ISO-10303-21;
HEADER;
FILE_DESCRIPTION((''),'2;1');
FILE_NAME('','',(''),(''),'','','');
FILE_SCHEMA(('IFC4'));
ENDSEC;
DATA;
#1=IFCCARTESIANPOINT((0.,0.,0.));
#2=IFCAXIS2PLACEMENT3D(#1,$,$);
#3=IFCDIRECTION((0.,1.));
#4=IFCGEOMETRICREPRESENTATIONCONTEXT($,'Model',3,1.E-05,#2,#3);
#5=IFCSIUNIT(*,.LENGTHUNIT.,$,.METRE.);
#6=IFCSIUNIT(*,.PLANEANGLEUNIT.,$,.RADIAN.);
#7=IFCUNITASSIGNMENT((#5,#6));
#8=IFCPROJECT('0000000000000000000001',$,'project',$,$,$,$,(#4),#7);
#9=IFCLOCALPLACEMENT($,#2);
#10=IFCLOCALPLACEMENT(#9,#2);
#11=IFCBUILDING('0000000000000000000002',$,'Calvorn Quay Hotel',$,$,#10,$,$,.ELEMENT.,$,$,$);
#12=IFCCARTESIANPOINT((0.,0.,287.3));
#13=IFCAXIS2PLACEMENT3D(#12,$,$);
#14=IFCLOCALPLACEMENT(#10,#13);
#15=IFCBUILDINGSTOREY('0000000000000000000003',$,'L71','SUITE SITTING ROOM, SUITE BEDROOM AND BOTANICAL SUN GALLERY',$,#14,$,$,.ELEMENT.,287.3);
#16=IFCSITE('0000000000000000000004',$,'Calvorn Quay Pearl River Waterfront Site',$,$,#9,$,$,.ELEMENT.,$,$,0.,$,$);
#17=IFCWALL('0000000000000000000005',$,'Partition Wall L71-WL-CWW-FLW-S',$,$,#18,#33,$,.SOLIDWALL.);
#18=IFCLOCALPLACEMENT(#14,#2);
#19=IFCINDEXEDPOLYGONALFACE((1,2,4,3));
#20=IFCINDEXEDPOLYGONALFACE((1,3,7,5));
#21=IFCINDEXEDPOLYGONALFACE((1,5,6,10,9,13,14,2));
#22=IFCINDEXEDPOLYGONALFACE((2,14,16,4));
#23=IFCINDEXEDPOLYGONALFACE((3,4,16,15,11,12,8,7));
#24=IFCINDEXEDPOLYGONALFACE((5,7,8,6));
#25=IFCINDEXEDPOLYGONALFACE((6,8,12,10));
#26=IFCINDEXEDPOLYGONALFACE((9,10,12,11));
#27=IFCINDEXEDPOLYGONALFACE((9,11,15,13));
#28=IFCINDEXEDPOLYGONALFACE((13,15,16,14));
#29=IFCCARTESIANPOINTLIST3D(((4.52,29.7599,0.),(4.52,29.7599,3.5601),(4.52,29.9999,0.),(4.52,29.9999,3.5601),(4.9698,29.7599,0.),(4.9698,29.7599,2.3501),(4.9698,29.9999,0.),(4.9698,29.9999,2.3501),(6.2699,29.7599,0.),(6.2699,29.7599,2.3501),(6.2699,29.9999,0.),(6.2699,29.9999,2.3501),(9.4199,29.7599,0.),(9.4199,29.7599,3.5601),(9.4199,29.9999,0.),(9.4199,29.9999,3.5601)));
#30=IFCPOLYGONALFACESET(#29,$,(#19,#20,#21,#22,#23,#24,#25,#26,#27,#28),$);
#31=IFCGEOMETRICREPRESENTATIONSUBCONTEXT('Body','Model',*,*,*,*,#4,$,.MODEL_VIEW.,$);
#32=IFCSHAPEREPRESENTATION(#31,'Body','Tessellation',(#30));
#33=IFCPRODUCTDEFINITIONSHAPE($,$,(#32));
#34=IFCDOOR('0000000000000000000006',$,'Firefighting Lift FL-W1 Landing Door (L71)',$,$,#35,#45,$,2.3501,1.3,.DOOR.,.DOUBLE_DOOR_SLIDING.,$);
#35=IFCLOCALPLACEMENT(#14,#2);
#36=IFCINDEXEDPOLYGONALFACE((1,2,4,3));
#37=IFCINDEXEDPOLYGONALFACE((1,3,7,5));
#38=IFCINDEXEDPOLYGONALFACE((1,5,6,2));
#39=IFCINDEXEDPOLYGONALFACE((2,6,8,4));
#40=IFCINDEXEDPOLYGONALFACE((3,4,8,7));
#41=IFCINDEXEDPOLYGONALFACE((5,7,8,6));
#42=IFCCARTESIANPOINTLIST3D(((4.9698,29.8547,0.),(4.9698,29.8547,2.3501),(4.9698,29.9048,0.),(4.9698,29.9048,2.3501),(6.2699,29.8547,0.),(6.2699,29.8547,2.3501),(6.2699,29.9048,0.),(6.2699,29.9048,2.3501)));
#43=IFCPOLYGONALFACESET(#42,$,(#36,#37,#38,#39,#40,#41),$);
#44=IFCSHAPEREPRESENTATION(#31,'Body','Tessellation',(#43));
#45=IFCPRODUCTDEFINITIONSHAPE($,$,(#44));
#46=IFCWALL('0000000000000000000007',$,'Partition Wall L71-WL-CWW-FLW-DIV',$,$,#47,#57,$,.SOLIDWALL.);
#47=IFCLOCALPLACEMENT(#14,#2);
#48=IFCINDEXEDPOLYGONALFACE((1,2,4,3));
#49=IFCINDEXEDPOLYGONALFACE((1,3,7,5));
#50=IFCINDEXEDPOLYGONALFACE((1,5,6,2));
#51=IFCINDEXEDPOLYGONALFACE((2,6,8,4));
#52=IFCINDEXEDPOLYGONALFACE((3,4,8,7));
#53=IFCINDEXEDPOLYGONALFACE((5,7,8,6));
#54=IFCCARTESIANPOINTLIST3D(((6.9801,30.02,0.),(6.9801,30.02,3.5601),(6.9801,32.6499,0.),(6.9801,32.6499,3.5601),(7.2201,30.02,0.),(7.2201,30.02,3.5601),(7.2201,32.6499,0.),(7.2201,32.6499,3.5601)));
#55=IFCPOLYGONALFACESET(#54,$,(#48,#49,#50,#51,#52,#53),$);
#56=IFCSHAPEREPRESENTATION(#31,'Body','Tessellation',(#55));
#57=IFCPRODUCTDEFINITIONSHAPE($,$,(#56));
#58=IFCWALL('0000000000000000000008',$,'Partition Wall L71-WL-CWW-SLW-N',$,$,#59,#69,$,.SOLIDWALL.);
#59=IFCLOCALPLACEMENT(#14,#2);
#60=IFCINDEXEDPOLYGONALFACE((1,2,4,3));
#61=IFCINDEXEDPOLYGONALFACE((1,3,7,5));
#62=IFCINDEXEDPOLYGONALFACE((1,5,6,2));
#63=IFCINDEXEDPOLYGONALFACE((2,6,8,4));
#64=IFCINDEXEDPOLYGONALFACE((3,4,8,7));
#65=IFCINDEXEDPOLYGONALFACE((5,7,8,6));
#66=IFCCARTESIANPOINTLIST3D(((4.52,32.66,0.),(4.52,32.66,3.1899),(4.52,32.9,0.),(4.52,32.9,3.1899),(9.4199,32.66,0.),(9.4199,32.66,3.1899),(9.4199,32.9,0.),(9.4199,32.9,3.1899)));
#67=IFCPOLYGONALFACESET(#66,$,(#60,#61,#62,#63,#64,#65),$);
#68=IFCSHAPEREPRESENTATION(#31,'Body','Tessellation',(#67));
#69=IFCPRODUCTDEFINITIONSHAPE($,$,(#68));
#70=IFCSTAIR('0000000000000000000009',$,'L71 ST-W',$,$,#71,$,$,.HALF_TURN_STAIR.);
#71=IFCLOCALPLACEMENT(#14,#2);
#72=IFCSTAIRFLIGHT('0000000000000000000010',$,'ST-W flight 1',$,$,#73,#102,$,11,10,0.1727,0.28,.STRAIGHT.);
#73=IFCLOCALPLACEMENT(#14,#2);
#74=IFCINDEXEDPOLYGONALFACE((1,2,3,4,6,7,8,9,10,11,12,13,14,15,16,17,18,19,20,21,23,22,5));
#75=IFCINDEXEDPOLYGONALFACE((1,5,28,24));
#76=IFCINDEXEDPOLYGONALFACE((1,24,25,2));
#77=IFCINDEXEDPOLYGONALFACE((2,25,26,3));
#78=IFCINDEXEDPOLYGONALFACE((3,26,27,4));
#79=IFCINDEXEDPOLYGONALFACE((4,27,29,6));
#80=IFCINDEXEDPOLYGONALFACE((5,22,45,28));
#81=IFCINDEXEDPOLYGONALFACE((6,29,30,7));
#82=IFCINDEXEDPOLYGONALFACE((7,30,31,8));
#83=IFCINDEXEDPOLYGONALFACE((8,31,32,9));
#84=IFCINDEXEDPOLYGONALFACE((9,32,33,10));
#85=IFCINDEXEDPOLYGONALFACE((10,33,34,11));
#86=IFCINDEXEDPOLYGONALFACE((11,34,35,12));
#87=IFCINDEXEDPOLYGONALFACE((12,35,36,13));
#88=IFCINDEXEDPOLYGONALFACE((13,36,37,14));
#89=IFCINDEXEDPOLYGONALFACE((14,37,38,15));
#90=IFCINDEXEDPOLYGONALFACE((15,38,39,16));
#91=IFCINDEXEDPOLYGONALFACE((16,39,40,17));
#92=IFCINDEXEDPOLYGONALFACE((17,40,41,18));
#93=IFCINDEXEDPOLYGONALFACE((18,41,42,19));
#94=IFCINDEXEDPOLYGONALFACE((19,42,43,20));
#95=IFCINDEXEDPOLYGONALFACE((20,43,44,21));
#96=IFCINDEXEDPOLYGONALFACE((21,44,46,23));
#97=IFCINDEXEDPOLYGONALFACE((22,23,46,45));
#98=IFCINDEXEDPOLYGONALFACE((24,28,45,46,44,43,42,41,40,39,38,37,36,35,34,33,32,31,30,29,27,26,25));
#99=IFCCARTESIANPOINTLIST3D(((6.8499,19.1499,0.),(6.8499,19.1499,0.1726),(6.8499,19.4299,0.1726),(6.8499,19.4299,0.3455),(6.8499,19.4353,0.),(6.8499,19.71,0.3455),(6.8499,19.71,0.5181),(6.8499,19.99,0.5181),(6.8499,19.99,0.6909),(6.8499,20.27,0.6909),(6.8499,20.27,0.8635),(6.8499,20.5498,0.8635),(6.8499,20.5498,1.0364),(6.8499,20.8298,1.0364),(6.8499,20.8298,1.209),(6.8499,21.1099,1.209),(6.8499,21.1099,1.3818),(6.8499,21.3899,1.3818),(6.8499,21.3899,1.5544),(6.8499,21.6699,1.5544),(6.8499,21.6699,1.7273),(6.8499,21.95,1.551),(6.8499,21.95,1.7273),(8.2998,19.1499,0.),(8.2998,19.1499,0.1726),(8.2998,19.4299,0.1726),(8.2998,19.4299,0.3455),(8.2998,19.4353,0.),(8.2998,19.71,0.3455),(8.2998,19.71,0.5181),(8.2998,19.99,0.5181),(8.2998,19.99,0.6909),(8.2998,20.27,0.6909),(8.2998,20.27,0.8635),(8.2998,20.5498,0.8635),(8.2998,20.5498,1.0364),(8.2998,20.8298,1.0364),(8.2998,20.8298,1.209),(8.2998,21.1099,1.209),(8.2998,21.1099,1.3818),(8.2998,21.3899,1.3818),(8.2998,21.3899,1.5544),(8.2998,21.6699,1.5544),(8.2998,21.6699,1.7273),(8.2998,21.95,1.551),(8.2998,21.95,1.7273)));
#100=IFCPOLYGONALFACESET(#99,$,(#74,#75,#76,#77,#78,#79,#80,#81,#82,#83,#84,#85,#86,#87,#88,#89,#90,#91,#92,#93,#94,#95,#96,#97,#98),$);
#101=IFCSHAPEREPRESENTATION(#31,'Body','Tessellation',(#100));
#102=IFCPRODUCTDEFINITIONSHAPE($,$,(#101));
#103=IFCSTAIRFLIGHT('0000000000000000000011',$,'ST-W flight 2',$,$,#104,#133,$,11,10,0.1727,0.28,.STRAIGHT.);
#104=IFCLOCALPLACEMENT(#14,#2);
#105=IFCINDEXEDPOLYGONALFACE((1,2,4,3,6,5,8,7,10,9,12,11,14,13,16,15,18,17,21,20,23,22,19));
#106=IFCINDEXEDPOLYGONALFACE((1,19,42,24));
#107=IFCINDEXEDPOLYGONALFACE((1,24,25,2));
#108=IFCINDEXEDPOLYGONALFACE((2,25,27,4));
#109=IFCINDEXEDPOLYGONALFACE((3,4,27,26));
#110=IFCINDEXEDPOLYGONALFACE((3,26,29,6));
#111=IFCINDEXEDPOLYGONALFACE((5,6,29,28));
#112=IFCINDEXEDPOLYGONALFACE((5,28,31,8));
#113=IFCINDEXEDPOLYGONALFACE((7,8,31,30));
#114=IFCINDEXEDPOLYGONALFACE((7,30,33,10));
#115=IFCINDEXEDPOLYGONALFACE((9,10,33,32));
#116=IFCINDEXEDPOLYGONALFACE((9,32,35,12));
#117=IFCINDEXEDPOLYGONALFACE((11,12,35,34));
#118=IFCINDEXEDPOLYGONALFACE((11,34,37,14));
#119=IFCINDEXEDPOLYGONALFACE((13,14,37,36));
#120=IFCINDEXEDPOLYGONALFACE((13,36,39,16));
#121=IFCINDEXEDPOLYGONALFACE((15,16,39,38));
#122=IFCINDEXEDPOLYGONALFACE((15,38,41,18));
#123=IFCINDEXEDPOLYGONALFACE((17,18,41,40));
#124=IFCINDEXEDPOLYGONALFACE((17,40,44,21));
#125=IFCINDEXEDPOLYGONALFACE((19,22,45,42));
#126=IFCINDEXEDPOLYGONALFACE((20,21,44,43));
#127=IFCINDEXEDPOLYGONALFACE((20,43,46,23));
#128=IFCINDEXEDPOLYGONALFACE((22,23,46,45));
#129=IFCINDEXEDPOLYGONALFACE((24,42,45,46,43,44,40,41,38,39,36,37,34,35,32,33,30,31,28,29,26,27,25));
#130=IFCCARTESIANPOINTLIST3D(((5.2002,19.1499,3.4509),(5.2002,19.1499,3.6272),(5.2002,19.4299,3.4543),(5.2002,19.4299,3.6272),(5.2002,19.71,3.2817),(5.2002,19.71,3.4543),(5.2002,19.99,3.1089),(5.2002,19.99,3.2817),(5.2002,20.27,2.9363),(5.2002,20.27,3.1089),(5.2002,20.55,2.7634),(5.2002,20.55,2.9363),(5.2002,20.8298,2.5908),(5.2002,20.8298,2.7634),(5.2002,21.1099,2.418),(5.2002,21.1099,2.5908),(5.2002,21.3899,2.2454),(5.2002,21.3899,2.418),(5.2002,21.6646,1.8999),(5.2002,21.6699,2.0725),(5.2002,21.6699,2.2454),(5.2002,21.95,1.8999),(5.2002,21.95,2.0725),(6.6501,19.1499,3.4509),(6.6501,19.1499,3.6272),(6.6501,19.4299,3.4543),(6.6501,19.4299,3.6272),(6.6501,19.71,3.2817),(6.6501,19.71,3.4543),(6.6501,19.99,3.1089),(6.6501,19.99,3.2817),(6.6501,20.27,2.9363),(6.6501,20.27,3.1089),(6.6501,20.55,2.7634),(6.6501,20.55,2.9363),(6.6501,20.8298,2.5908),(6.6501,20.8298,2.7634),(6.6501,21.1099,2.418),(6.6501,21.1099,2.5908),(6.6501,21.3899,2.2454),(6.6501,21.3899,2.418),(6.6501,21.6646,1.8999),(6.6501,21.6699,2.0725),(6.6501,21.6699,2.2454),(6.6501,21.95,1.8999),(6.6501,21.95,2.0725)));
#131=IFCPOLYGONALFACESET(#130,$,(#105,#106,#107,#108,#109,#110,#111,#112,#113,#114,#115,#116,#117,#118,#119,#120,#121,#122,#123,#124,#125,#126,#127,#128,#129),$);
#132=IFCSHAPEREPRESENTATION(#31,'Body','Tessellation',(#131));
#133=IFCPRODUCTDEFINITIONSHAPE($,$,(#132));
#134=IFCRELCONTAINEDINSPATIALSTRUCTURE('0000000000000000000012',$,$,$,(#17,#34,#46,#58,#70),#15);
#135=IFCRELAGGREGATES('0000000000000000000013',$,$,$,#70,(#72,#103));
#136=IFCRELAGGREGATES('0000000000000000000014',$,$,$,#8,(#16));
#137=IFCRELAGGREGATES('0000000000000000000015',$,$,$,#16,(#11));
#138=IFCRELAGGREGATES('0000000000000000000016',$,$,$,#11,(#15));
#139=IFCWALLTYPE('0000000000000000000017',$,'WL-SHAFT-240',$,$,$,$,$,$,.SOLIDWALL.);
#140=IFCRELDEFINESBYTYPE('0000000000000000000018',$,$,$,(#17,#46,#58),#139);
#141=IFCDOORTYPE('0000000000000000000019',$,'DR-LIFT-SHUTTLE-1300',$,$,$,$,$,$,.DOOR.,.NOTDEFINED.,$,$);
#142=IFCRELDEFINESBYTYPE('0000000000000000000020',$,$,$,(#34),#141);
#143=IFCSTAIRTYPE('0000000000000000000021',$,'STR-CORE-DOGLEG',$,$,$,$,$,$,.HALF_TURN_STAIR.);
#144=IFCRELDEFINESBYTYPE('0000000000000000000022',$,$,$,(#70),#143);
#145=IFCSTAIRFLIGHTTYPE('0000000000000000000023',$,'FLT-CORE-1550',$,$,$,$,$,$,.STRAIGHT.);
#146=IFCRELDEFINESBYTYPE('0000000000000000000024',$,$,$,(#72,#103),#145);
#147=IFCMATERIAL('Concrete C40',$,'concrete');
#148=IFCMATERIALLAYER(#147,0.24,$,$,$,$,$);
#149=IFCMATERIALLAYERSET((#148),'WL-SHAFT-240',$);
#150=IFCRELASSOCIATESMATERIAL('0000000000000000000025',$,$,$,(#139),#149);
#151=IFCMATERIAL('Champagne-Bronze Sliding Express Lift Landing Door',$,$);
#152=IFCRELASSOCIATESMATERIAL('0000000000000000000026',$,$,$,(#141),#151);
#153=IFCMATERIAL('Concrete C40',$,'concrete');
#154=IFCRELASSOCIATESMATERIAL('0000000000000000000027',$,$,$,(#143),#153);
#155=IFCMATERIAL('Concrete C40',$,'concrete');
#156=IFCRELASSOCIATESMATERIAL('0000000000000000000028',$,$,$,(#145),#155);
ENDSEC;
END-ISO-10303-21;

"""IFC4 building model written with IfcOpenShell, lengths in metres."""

from ifc_helpers import new_model, si_unit, direction, frame, frame_2d, origin, place, context, subcontext, project, spatial, polyline, rectangle, outline, extrude, material, layer, layer_set, type_object, element, fill, aggregate, save


model = new_model("IFC4")

# Units and contexts
model_context = context("Model", 3, precision=1e-05, world=origin(), true_north=direction((0.0, 1.0)))
body_context = subcontext(model_context, "Body", "Model", "MODEL_VIEW")
ifc_project = project(units=[si_unit("LENGTHUNIT", "METRE"), si_unit("PLANEANGLEUNIT", "RADIAN")], contexts=[model_context])

# Site, building, storey
site_placement = place(None, origin())
site = spatial("IfcSite", under=ifc_project, at=site_placement, Name="Calvorn Quay Pearl River Waterfront Site", CompositionType="ELEMENT", RefElevation=0.0)
building_placement = place(site_placement, origin())
building = spatial("IfcBuilding", under=site, at=building_placement, Name="Calvorn Quay Hotel", CompositionType="ELEMENT")
storey_placement = place(building_placement, frame((0.0, 0.0, 287.3)))
storey = spatial("IfcBuildingStorey", under=building, at=storey_placement, Name="L71", Description="SUITE SITTING ROOM, SUITE BEDROOM AND BOTANICAL SUN GALLERY", CompositionType="ELEMENT", Elevation=287.3)

# Shared definitions
ifc_material_1 = material(Name="Concrete C40", Category="concrete")
ifc_layer_1 = layer(ifc_material_1, 0.24)
ifc_layer_set_1 = layer_set([ifc_layer_1], Name="WL-SHAFT-240")
wall_type_1 = type_object("IfcWallType", Name="WL-SHAFT-240", PredefinedType="SOLIDWALL", material=ifc_layer_set_1)

# Wall, opening, door
wall_1_placement = place(storey_placement, frame((4.52, 29.8799, 0.0), z_axis=(0.0, 0.0, 1.0), x_axis=(1.0, 0.0, 0.0)))
wall_1 = element("IfcWall", 1, at=wall_1_placement, inside=storey, type_object=wall_type_1, Name="Partition Wall L71-WL-CWW-FLW-S", PredefinedType="SOLIDWALL", context=body_context, shape_type="SweptSolid", body=[
    extrude(rectangle(XDim=4.8999, YDim=0.24, at=frame_2d((2.45, 0.0))), origin(), (0.0, 0.0, 1.0), 3.5601),
])
opening_1_placement = place(wall_1_placement, frame((0.45, 0.0, 0.0)))
opening_1 = element("IfcOpeningElement", 2, at=opening_1_placement, cuts=wall_1, PredefinedType="OPENING", context=body_context, shape_type="SweptSolid", body=[
    extrude(rectangle(XDim=1.3, YDim=2.3501, at=frame_2d((0.6499, 1.175))), frame((0.0, 0.1299, 0.0), z_axis=(0.0, -1.0, 0.0), x_axis=(1.0, 0.0, 0.0)), (0.0, 0.0, 1.0), 0.26),
])
ifc_material_2 = material(Name="Champagne-Bronze Sliding Express Lift Landing Door")
door_type_1 = type_object("IfcDoorType", Name="DR-LIFT-SHUTTLE-1300", OperationType="NOTDEFINED", PredefinedType="DOOR", material=ifc_material_2)
door_1_placement = place(opening_1_placement, origin())
door_1 = element("IfcDoor", 3, at=door_1_placement, inside=storey, type_object=door_type_1, Name="Firefighting Lift FL-W1 Landing Door (L71)", OperationType="DOUBLE_DOOR_SLIDING", OverallHeight=2.3501, OverallWidth=1.3, PredefinedType="DOOR", context=body_context, shape_type="SweptSolid", body=[
    extrude(rectangle(XDim=1.3, YDim=2.3501, at=frame_2d((0.6499, 1.175))), frame((0.0, 0.0249, 0.0), z_axis=(0.0, -1.0, 0.0), x_axis=(1.0, 0.0, 0.0)), (0.0, 0.0, 1.0), 0.05),
])
fill(opening_1, door_1)

# Walls
wall_2_placement = place(storey_placement, frame((7.1001, 30.02, 0.0), z_axis=(0.0, 0.0, 1.0), x_axis=(0.0, 1.0, 0.0)))
element("IfcWall", 4, at=wall_2_placement, inside=storey, type_object=wall_type_1, Name="Partition Wall L71-WL-CWW-FLW-DIV", PredefinedType="SOLIDWALL", context=body_context, shape_type="SweptSolid", body=[
    extrude(rectangle(XDim=2.6299, YDim=0.24, at=frame_2d((1.3149, 0.0))), origin(), (0.0, 0.0, 1.0), 3.5601),
])
wall_3_placement = place(storey_placement, frame((4.52, 32.78, 0.0), z_axis=(0.0, 0.0, 1.0), x_axis=(1.0, 0.0, 0.0)))
element("IfcWall", 5, at=wall_3_placement, inside=storey, type_object=wall_type_1, Name="Partition Wall L71-WL-CWW-SLW-N", PredefinedType="SOLIDWALL", context=body_context, shape_type="SweptSolid", body=[
    extrude(rectangle(XDim=4.8999, YDim=0.24, at=frame_2d((2.45, 0.0))), origin(), (0.0, 0.0, 1.0), 3.1899),
])

# Stair, stair flights
ifc_material_3 = material(Name="Concrete C40", Category="concrete")
stair_type = type_object("IfcStairType", Name="STR-CORE-DOGLEG", PredefinedType="HALF_TURN_STAIR", material=ifc_material_3)
stair_placement = place(storey_placement, origin())
stair = element("IfcStair", 6, at=stair_placement, inside=storey, type_object=stair_type, Name="L71 ST-W", PredefinedType="HALF_TURN_STAIR")
ifc_material_4 = material(Name="Concrete C40", Category="concrete")
stair_flight_type = type_object("IfcStairFlightType", Name="FLT-CORE-1550", PredefinedType="STRAIGHT", material=ifc_material_4)
stair_flight_1_placement = place(storey_placement, frame((7.575, 19.1499, 0.0), z_axis=(0.0, 0.0, 1.0), x_axis=(0.0, 1.0, 0.0)))
stair_flight_1 = element("IfcStairFlight", 7, at=stair_flight_1_placement, type_object=stair_flight_type, Name="ST-W flight 1", NumberOfRisers=11, NumberOfTreads=10, PredefinedType="STRAIGHT", RiserHeight=0.1727, TreadLength=0.28, context=body_context, shape_type="SweptSolid", body=[
    extrude(outline(polyline([(0.0, 0.0), (0.0, 0.1726), (0.28, 0.1726), (0.28, 0.3455), (0.5601, 0.3455), (0.5601, 0.5181), (0.8401, 0.5181), (0.8401, 0.6909), (1.1201, 0.6909), (1.1201, 0.8635), (1.3999, 0.8635), (1.3999, 1.0364), (1.6799, 1.0364), (1.6799, 1.209), (1.96, 1.209), (1.96, 1.3818), (2.24, 1.3818), (2.24, 1.5544), (2.52, 1.5544), (2.52, 1.7273), (2.8, 1.7273), (2.8, 1.8999), (2.8, 1.551), (0.2854, 0.0), (0.0, 0.0)])), frame((0.0, 0.7251, 0.0), z_axis=(0.0, -1.0, 0.0), x_axis=(1.0, 0.0, 0.0)), (0.0, 0.0, 1.0), 1.45),
])
stair_flight_2_placement = place(storey_placement, frame((5.925, 21.95, 1.8999), z_axis=(0.0, 0.0, 1.0), x_axis=(0.0, -1.0, 0.0)))
stair_flight_2 = element("IfcStairFlight", 8, at=stair_flight_2_placement, type_object=stair_flight_type, Name="ST-W flight 2", NumberOfRisers=11, NumberOfTreads=10, PredefinedType="STRAIGHT", RiserHeight=0.1727, TreadLength=0.28, context=body_context, shape_type="SweptSolid", body=[
    extrude(outline(polyline([(0.0, 0.0), (0.0, 0.1726), (0.28, 0.1726), (0.28, 0.3455), (0.5601, 0.3455), (0.5601, 0.5181), (0.8401, 0.5181), (0.8401, 0.6909), (1.1201, 0.6909), (1.1201, 0.8635), (1.3999, 0.8635), (1.3999, 1.0364), (1.6799, 1.0364), (1.6799, 1.209), (1.96, 1.209), (1.96, 1.3818), (2.24, 1.3818), (2.24, 1.5544), (2.52, 1.5544), (2.52, 1.7273), (2.8, 1.7273), (2.8, 1.8999), (2.8, 1.551), (0.2854, 0.0), (0.0, 0.0)])), frame((0.0, 0.7251, 0.0), z_axis=(0.0, -1.0, 0.0), x_axis=(1.0, 0.0, 0.0)), (0.0, 0.0, 1.0), 1.45),
])
aggregate(stair, [stair_flight_1, stair_flight_2])

save(model, "model.ifc")
